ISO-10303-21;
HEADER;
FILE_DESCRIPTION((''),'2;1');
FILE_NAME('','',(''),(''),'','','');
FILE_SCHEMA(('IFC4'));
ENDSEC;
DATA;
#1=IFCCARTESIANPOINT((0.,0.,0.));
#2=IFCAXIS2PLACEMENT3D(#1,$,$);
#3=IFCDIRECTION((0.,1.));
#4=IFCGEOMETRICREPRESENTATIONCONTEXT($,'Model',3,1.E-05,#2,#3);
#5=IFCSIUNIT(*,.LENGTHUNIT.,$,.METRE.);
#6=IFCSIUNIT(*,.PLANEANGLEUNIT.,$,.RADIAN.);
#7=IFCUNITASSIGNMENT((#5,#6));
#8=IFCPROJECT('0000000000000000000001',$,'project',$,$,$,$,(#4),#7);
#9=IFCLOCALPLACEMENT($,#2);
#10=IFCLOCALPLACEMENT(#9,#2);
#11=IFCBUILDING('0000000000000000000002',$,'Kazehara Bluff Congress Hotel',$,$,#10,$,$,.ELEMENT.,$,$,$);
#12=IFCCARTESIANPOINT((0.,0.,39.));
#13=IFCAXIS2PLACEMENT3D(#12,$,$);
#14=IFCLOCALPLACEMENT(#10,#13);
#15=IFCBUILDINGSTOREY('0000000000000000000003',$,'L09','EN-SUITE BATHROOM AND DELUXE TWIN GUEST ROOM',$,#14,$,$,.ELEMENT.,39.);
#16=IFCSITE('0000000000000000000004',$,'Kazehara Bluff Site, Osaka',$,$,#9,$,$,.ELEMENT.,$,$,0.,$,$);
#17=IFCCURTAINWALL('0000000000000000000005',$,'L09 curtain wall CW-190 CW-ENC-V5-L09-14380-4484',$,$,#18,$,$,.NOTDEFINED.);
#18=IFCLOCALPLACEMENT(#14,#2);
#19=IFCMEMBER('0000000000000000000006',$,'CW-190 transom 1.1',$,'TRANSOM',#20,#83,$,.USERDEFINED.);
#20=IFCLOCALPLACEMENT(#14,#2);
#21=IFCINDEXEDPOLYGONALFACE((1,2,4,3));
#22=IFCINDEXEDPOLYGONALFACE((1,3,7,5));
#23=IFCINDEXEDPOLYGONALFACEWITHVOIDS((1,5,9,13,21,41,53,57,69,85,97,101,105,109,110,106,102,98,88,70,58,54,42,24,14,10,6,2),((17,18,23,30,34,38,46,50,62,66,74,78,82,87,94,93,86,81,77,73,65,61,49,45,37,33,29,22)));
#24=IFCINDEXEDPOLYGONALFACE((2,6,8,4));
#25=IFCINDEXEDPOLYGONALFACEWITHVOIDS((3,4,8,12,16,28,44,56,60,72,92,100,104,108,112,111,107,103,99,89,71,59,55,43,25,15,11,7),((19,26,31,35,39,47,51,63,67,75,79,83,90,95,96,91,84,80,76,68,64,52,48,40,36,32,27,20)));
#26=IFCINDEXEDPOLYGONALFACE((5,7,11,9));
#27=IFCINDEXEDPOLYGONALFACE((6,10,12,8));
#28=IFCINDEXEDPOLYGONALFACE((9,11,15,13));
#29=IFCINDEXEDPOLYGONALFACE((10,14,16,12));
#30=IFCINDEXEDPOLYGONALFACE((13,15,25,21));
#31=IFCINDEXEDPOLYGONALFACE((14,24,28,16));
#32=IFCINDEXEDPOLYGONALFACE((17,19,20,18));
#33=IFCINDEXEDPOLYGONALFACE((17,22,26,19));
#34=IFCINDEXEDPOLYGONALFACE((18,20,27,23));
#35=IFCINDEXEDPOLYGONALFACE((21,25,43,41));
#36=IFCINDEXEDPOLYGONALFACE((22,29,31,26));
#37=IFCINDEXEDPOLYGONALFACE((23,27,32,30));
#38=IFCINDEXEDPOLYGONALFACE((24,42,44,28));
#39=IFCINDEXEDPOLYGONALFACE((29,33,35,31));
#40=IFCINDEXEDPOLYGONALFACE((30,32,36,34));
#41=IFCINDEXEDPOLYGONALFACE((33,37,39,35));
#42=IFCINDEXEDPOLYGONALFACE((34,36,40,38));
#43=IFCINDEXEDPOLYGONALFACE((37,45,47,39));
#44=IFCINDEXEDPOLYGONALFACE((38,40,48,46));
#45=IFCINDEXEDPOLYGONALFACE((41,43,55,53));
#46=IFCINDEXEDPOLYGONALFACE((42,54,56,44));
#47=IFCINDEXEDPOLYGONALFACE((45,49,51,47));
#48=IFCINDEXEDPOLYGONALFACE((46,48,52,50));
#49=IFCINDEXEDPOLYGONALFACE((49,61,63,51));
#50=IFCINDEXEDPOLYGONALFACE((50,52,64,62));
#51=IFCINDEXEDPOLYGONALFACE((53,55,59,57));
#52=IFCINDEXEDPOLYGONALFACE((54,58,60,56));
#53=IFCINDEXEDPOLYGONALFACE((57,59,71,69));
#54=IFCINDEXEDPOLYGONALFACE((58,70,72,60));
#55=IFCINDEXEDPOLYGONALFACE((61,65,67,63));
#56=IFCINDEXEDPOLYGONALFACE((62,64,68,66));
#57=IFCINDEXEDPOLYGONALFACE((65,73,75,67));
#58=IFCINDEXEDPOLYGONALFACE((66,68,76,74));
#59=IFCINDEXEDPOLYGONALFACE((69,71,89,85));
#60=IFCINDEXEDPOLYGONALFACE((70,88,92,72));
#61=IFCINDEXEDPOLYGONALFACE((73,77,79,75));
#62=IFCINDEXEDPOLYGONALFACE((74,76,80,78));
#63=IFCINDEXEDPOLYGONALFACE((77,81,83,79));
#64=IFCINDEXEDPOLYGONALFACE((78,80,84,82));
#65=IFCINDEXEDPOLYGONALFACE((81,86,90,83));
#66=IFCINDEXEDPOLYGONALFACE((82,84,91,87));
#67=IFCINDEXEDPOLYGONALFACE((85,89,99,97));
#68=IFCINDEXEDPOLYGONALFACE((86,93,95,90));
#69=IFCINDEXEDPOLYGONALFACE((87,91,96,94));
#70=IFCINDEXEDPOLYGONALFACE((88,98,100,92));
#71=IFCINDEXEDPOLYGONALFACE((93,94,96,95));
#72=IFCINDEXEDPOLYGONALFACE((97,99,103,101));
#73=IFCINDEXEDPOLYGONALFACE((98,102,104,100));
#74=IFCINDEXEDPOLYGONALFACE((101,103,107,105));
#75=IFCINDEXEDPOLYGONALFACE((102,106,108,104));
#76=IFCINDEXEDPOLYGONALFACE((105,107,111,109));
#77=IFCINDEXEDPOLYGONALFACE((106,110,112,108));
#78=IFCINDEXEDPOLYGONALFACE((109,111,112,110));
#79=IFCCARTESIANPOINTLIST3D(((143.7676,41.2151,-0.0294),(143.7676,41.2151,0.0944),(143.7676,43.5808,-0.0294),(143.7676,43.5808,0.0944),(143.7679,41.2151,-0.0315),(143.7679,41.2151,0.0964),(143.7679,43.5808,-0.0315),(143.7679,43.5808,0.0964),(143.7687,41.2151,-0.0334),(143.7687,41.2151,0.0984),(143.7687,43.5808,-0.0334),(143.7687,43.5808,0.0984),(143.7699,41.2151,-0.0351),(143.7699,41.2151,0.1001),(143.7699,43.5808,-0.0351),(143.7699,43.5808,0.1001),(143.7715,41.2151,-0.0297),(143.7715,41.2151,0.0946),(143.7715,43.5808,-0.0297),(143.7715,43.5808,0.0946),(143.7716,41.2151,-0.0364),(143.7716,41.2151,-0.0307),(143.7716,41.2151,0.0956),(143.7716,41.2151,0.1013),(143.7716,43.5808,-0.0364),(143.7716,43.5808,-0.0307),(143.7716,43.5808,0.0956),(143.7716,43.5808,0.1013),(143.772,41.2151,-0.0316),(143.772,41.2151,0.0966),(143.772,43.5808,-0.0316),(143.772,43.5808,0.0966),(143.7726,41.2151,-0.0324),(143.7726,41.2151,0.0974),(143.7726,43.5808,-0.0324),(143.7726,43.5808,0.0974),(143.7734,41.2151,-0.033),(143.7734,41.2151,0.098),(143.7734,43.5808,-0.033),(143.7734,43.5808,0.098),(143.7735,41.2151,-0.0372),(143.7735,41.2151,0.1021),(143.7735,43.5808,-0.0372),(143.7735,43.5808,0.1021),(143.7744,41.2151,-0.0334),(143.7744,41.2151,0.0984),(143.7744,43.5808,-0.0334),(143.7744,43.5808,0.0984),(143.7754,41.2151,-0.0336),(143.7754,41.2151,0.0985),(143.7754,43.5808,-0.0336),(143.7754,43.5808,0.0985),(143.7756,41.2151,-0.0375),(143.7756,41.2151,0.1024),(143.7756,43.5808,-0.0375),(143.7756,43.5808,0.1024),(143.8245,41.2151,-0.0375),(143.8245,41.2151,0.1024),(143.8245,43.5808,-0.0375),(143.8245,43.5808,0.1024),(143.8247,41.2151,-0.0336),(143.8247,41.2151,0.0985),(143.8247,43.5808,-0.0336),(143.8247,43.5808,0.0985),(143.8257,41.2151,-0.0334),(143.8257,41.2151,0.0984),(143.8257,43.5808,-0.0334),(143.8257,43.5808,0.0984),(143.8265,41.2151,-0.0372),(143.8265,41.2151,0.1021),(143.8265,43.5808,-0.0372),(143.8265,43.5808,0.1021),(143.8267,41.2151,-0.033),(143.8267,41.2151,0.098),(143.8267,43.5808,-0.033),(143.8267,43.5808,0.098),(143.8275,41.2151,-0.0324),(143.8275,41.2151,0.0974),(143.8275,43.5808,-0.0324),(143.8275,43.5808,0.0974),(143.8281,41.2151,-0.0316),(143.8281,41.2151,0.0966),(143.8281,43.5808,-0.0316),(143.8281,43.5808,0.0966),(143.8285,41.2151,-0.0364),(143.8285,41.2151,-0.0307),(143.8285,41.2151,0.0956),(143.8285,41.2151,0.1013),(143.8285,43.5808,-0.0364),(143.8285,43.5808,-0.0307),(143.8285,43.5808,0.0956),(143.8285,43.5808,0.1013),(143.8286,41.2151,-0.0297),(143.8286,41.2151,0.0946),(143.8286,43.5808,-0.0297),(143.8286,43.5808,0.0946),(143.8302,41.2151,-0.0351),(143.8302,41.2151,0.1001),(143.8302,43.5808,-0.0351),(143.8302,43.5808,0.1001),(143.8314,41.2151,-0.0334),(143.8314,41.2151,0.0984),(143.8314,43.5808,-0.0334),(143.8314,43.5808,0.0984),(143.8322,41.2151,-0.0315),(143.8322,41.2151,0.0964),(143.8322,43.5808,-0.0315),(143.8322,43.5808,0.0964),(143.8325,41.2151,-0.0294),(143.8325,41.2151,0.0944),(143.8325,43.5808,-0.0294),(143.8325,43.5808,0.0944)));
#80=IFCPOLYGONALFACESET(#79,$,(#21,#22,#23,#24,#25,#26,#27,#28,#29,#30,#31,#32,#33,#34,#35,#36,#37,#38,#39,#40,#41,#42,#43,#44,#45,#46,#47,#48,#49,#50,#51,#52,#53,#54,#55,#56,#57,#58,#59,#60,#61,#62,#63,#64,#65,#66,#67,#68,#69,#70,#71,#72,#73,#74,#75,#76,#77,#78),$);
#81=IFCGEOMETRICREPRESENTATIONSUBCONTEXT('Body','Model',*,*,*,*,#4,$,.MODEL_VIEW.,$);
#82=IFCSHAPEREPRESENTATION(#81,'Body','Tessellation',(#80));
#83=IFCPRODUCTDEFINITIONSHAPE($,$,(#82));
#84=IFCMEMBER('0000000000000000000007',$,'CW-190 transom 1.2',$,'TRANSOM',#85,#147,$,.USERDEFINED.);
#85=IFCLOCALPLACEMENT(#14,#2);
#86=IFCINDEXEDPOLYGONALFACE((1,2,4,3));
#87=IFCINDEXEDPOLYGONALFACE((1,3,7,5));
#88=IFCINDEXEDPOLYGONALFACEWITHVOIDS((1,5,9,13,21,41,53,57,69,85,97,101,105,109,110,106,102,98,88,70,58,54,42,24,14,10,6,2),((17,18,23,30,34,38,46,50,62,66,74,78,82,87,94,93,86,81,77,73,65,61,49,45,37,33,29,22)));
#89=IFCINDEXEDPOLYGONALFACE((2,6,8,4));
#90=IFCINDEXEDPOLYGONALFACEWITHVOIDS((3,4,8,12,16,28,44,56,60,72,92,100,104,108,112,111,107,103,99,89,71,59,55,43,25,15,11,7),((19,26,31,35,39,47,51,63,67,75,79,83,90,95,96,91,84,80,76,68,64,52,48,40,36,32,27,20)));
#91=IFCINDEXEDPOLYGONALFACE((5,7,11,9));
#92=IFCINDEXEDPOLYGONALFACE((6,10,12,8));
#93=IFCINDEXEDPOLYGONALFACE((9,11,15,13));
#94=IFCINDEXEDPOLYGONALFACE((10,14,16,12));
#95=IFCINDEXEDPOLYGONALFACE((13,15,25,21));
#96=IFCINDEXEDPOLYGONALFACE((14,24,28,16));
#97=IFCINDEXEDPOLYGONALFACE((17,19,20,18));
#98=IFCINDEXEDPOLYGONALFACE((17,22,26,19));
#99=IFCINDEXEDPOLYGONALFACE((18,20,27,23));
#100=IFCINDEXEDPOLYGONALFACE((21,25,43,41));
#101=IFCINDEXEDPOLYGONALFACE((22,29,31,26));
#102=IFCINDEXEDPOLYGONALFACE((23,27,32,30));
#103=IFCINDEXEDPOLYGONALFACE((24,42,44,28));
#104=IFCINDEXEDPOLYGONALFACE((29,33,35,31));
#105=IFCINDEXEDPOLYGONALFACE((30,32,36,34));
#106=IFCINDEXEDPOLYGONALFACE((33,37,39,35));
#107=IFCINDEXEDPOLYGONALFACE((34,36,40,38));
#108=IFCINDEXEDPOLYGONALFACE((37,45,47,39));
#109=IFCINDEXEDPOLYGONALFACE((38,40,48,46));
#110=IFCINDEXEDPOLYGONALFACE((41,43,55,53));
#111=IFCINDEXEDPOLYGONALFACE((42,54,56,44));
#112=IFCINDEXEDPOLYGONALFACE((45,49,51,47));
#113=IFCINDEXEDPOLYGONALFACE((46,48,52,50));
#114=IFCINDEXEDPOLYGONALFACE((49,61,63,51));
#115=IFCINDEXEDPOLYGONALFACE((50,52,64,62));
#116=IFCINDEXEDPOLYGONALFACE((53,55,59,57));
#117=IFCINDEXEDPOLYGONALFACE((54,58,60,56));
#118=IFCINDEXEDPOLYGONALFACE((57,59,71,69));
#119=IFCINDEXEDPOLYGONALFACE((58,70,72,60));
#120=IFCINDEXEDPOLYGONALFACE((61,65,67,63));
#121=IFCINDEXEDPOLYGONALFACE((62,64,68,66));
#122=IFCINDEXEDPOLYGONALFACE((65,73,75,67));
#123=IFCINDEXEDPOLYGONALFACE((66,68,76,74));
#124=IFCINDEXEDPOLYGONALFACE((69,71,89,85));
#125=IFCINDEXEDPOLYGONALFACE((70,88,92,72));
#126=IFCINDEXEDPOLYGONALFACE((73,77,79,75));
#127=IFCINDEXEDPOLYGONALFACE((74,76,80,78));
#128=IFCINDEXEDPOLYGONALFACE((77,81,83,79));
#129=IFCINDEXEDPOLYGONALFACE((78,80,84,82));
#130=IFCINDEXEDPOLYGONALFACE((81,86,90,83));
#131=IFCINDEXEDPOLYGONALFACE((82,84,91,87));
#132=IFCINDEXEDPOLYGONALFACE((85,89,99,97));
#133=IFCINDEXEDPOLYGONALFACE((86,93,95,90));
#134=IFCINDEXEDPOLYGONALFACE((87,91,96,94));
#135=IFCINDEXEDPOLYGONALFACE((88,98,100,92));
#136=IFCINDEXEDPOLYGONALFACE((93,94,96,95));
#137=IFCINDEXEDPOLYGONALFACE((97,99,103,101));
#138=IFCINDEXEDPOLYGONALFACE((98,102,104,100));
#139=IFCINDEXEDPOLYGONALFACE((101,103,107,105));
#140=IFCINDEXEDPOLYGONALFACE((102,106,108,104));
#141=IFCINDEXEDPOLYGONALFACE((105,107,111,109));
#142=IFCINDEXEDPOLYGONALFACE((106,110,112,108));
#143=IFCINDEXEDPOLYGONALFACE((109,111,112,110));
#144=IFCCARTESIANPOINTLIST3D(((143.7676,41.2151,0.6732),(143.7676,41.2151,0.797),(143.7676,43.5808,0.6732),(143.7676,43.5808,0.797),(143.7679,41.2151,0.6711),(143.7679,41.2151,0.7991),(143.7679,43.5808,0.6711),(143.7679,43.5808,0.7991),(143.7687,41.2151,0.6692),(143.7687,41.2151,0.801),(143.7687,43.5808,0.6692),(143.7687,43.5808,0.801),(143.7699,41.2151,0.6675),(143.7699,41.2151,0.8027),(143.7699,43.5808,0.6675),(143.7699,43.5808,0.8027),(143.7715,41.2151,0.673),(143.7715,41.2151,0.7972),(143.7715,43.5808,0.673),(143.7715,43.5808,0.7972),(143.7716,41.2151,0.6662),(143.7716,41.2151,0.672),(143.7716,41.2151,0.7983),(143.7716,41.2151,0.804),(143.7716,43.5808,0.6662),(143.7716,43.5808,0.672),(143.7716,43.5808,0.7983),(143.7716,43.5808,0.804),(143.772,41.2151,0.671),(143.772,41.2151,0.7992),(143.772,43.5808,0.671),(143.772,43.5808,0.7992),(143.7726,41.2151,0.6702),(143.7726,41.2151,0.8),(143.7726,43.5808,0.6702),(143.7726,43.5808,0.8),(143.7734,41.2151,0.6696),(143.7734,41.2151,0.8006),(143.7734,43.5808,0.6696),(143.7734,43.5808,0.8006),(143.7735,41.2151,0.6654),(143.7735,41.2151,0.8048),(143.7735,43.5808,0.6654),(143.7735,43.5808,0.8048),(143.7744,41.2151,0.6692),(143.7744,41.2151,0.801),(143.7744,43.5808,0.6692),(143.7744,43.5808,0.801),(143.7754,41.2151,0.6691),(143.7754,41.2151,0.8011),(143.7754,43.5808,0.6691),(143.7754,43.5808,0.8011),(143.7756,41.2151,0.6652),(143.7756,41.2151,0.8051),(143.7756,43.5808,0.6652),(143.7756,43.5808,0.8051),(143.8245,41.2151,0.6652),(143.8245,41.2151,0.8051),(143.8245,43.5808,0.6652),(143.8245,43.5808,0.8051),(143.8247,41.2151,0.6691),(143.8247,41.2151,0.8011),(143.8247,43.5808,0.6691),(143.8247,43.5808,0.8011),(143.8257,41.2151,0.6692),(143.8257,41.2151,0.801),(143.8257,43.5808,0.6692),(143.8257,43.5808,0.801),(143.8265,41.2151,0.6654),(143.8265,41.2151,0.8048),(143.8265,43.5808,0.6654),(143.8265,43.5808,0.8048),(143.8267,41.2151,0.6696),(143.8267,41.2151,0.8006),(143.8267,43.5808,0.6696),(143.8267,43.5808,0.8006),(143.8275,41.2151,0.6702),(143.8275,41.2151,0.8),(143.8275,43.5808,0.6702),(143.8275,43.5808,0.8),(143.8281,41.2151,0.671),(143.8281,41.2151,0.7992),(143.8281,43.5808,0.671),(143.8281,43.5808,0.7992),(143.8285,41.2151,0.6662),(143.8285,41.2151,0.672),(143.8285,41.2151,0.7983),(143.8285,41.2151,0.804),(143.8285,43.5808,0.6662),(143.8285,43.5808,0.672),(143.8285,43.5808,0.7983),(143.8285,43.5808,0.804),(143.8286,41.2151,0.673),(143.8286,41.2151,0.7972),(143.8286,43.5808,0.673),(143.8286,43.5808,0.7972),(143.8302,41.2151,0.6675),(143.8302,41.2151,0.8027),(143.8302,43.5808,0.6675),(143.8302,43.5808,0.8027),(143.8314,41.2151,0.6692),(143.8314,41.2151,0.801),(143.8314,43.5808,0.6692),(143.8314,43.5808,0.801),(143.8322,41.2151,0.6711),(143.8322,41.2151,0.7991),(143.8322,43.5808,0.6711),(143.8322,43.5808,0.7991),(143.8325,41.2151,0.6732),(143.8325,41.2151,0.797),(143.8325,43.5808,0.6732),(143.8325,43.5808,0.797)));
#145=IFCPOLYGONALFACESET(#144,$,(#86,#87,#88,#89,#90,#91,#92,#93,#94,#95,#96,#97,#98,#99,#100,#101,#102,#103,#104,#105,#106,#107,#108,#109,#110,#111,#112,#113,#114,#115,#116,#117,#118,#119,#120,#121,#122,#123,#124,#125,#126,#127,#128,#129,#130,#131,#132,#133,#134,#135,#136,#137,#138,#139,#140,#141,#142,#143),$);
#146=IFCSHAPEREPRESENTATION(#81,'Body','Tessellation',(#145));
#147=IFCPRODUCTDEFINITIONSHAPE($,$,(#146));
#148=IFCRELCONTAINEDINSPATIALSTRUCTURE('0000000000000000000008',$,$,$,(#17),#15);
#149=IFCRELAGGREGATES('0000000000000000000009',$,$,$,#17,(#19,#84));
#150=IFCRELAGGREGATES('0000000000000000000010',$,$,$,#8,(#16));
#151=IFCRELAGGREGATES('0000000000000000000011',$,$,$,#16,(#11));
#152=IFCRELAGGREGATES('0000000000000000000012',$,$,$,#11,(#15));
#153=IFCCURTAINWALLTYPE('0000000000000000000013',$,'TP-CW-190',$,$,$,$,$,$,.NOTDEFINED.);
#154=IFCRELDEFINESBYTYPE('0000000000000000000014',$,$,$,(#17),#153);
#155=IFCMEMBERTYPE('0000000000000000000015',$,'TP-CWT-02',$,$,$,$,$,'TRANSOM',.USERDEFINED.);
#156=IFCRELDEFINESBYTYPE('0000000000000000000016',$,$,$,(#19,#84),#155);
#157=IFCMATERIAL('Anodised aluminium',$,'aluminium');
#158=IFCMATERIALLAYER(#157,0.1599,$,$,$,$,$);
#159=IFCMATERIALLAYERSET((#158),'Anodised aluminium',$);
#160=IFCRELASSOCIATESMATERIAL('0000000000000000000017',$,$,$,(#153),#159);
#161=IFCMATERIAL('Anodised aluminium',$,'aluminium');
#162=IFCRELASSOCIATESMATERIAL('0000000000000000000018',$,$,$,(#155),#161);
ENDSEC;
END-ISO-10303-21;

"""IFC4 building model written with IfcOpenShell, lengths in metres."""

from ifc_helpers import new_model, si_unit, direction, frame, origin, origin_2d, place, context, subcontext, project, spatial, hollow_rectangle, extrude, material, layer, layer_set, material_profile, profile_set, type_object, element, aggregate, save


model = new_model("IFC4")

# Units and contexts
model_context = context("Model", 3, precision=1e-05, world=origin(), true_north=direction((0.0, 1.0)))
body_context = subcontext(model_context, "Body", "Model", "MODEL_VIEW")
ifc_project = project(units=[si_unit("LENGTHUNIT", "METRE"), si_unit("PLANEANGLEUNIT", "RADIAN")], contexts=[model_context])

# Site, building, storey
site_placement = place(None, origin())
site = spatial("IfcSite", under=ifc_project, at=site_placement, Name="Kazehara Bluff Site, Osaka", CompositionType="ELEMENT", RefElevation=0.0)
building_placement = place(site_placement, origin())
building = spatial("IfcBuilding", under=site, at=building_placement, Name="Kazehara Bluff Congress Hotel", CompositionType="ELEMENT")
storey_placement = place(building_placement, frame((0.0, 0.0, 39.0)))
storey = spatial("IfcBuildingStorey", under=building, at=storey_placement, Name="L09", Description="EN-SUITE BATHROOM AND DELUXE TWIN GUEST ROOM", CompositionType="ELEMENT", Elevation=39.0)

# Curtain wall
ifc_material_1 = material(Name="Anodised aluminium", Category="aluminium")
ifc_layer_1 = layer(ifc_material_1, 0.1599)
ifc_layer_set_1 = layer_set([ifc_layer_1], Name="Anodised aluminium")
curtain_wall_type_1 = type_object("IfcCurtainWallType", Name="TP-CW-190", PredefinedType="NOTDEFINED", material=ifc_layer_set_1)
curtain_wall_1_placement = place(storey_placement, origin())
curtain_wall_1 = element("IfcCurtainWall", 1, at=curtain_wall_1_placement, inside=storey, type_object=curtain_wall_type_1, Name="L09 curtain wall CW-190 CW-ENC-V5-L09-14380-4484", PredefinedType="NOTDEFINED")

# Members
ifc_material_2 = material(Name="Anodised aluminium", Category="aluminium")
ifc_material_profile_1 = material_profile(ifc_material_2, hollow_rectangle(XDim=0.0649, YDim=0.1399, WallThickness=0.0039, InnerFilletRadius=0.0039, OuterFilletRadius=0.0081, at=origin_2d()))
ifc_profile_set_1 = profile_set([ifc_material_profile_1], Name="Anodised aluminium")
member_type_1 = type_object("IfcMemberType", Name="TP-CWT-02", ElementType="TRANSOM", PredefinedType="USERDEFINED", material=ifc_profile_set_1)
member_1_placement = place(storey_placement, frame((143.8, 41.2151, 0.0325), z_axis=(0.0, 1.0, 0.0), x_axis=(-1.0, 0.0, 0.0)))
member_1 = element("IfcMember", 2, at=member_1_placement, type_object=member_type_1, Name="CW-190 transom 1.1", ObjectType="TRANSOM", PredefinedType="USERDEFINED", context=body_context, shape_type="SweptSolid", body=[
    extrude(hollow_rectangle(XDim=0.0649, YDim=0.1399, WallThickness=0.0039, InnerFilletRadius=0.0039, OuterFilletRadius=0.0081, at=origin_2d()), origin(), (0.0, 0.0, 1.0), 2.3657),
])
member_2_placement = place(storey_placement, frame((143.8, 41.2151, 0.7351), z_axis=(0.0, 1.0, 0.0), x_axis=(-1.0, 0.0, 0.0)))
member_2 = element("IfcMember", 3, at=member_2_placement, type_object=member_type_1, Name="CW-190 transom 1.2", ObjectType="TRANSOM", PredefinedType="USERDEFINED", context=body_context, shape_type="SweptSolid", body=[
    extrude(hollow_rectangle(XDim=0.0649, YDim=0.1399, WallThickness=0.0039, InnerFilletRadius=0.0039, OuterFilletRadius=0.0081, at=origin_2d()), origin(), (0.0, 0.0, 1.0), 2.3657),
])
aggregate(curtain_wall_1, [member_1, member_2])

save(model, "model.ifc")
